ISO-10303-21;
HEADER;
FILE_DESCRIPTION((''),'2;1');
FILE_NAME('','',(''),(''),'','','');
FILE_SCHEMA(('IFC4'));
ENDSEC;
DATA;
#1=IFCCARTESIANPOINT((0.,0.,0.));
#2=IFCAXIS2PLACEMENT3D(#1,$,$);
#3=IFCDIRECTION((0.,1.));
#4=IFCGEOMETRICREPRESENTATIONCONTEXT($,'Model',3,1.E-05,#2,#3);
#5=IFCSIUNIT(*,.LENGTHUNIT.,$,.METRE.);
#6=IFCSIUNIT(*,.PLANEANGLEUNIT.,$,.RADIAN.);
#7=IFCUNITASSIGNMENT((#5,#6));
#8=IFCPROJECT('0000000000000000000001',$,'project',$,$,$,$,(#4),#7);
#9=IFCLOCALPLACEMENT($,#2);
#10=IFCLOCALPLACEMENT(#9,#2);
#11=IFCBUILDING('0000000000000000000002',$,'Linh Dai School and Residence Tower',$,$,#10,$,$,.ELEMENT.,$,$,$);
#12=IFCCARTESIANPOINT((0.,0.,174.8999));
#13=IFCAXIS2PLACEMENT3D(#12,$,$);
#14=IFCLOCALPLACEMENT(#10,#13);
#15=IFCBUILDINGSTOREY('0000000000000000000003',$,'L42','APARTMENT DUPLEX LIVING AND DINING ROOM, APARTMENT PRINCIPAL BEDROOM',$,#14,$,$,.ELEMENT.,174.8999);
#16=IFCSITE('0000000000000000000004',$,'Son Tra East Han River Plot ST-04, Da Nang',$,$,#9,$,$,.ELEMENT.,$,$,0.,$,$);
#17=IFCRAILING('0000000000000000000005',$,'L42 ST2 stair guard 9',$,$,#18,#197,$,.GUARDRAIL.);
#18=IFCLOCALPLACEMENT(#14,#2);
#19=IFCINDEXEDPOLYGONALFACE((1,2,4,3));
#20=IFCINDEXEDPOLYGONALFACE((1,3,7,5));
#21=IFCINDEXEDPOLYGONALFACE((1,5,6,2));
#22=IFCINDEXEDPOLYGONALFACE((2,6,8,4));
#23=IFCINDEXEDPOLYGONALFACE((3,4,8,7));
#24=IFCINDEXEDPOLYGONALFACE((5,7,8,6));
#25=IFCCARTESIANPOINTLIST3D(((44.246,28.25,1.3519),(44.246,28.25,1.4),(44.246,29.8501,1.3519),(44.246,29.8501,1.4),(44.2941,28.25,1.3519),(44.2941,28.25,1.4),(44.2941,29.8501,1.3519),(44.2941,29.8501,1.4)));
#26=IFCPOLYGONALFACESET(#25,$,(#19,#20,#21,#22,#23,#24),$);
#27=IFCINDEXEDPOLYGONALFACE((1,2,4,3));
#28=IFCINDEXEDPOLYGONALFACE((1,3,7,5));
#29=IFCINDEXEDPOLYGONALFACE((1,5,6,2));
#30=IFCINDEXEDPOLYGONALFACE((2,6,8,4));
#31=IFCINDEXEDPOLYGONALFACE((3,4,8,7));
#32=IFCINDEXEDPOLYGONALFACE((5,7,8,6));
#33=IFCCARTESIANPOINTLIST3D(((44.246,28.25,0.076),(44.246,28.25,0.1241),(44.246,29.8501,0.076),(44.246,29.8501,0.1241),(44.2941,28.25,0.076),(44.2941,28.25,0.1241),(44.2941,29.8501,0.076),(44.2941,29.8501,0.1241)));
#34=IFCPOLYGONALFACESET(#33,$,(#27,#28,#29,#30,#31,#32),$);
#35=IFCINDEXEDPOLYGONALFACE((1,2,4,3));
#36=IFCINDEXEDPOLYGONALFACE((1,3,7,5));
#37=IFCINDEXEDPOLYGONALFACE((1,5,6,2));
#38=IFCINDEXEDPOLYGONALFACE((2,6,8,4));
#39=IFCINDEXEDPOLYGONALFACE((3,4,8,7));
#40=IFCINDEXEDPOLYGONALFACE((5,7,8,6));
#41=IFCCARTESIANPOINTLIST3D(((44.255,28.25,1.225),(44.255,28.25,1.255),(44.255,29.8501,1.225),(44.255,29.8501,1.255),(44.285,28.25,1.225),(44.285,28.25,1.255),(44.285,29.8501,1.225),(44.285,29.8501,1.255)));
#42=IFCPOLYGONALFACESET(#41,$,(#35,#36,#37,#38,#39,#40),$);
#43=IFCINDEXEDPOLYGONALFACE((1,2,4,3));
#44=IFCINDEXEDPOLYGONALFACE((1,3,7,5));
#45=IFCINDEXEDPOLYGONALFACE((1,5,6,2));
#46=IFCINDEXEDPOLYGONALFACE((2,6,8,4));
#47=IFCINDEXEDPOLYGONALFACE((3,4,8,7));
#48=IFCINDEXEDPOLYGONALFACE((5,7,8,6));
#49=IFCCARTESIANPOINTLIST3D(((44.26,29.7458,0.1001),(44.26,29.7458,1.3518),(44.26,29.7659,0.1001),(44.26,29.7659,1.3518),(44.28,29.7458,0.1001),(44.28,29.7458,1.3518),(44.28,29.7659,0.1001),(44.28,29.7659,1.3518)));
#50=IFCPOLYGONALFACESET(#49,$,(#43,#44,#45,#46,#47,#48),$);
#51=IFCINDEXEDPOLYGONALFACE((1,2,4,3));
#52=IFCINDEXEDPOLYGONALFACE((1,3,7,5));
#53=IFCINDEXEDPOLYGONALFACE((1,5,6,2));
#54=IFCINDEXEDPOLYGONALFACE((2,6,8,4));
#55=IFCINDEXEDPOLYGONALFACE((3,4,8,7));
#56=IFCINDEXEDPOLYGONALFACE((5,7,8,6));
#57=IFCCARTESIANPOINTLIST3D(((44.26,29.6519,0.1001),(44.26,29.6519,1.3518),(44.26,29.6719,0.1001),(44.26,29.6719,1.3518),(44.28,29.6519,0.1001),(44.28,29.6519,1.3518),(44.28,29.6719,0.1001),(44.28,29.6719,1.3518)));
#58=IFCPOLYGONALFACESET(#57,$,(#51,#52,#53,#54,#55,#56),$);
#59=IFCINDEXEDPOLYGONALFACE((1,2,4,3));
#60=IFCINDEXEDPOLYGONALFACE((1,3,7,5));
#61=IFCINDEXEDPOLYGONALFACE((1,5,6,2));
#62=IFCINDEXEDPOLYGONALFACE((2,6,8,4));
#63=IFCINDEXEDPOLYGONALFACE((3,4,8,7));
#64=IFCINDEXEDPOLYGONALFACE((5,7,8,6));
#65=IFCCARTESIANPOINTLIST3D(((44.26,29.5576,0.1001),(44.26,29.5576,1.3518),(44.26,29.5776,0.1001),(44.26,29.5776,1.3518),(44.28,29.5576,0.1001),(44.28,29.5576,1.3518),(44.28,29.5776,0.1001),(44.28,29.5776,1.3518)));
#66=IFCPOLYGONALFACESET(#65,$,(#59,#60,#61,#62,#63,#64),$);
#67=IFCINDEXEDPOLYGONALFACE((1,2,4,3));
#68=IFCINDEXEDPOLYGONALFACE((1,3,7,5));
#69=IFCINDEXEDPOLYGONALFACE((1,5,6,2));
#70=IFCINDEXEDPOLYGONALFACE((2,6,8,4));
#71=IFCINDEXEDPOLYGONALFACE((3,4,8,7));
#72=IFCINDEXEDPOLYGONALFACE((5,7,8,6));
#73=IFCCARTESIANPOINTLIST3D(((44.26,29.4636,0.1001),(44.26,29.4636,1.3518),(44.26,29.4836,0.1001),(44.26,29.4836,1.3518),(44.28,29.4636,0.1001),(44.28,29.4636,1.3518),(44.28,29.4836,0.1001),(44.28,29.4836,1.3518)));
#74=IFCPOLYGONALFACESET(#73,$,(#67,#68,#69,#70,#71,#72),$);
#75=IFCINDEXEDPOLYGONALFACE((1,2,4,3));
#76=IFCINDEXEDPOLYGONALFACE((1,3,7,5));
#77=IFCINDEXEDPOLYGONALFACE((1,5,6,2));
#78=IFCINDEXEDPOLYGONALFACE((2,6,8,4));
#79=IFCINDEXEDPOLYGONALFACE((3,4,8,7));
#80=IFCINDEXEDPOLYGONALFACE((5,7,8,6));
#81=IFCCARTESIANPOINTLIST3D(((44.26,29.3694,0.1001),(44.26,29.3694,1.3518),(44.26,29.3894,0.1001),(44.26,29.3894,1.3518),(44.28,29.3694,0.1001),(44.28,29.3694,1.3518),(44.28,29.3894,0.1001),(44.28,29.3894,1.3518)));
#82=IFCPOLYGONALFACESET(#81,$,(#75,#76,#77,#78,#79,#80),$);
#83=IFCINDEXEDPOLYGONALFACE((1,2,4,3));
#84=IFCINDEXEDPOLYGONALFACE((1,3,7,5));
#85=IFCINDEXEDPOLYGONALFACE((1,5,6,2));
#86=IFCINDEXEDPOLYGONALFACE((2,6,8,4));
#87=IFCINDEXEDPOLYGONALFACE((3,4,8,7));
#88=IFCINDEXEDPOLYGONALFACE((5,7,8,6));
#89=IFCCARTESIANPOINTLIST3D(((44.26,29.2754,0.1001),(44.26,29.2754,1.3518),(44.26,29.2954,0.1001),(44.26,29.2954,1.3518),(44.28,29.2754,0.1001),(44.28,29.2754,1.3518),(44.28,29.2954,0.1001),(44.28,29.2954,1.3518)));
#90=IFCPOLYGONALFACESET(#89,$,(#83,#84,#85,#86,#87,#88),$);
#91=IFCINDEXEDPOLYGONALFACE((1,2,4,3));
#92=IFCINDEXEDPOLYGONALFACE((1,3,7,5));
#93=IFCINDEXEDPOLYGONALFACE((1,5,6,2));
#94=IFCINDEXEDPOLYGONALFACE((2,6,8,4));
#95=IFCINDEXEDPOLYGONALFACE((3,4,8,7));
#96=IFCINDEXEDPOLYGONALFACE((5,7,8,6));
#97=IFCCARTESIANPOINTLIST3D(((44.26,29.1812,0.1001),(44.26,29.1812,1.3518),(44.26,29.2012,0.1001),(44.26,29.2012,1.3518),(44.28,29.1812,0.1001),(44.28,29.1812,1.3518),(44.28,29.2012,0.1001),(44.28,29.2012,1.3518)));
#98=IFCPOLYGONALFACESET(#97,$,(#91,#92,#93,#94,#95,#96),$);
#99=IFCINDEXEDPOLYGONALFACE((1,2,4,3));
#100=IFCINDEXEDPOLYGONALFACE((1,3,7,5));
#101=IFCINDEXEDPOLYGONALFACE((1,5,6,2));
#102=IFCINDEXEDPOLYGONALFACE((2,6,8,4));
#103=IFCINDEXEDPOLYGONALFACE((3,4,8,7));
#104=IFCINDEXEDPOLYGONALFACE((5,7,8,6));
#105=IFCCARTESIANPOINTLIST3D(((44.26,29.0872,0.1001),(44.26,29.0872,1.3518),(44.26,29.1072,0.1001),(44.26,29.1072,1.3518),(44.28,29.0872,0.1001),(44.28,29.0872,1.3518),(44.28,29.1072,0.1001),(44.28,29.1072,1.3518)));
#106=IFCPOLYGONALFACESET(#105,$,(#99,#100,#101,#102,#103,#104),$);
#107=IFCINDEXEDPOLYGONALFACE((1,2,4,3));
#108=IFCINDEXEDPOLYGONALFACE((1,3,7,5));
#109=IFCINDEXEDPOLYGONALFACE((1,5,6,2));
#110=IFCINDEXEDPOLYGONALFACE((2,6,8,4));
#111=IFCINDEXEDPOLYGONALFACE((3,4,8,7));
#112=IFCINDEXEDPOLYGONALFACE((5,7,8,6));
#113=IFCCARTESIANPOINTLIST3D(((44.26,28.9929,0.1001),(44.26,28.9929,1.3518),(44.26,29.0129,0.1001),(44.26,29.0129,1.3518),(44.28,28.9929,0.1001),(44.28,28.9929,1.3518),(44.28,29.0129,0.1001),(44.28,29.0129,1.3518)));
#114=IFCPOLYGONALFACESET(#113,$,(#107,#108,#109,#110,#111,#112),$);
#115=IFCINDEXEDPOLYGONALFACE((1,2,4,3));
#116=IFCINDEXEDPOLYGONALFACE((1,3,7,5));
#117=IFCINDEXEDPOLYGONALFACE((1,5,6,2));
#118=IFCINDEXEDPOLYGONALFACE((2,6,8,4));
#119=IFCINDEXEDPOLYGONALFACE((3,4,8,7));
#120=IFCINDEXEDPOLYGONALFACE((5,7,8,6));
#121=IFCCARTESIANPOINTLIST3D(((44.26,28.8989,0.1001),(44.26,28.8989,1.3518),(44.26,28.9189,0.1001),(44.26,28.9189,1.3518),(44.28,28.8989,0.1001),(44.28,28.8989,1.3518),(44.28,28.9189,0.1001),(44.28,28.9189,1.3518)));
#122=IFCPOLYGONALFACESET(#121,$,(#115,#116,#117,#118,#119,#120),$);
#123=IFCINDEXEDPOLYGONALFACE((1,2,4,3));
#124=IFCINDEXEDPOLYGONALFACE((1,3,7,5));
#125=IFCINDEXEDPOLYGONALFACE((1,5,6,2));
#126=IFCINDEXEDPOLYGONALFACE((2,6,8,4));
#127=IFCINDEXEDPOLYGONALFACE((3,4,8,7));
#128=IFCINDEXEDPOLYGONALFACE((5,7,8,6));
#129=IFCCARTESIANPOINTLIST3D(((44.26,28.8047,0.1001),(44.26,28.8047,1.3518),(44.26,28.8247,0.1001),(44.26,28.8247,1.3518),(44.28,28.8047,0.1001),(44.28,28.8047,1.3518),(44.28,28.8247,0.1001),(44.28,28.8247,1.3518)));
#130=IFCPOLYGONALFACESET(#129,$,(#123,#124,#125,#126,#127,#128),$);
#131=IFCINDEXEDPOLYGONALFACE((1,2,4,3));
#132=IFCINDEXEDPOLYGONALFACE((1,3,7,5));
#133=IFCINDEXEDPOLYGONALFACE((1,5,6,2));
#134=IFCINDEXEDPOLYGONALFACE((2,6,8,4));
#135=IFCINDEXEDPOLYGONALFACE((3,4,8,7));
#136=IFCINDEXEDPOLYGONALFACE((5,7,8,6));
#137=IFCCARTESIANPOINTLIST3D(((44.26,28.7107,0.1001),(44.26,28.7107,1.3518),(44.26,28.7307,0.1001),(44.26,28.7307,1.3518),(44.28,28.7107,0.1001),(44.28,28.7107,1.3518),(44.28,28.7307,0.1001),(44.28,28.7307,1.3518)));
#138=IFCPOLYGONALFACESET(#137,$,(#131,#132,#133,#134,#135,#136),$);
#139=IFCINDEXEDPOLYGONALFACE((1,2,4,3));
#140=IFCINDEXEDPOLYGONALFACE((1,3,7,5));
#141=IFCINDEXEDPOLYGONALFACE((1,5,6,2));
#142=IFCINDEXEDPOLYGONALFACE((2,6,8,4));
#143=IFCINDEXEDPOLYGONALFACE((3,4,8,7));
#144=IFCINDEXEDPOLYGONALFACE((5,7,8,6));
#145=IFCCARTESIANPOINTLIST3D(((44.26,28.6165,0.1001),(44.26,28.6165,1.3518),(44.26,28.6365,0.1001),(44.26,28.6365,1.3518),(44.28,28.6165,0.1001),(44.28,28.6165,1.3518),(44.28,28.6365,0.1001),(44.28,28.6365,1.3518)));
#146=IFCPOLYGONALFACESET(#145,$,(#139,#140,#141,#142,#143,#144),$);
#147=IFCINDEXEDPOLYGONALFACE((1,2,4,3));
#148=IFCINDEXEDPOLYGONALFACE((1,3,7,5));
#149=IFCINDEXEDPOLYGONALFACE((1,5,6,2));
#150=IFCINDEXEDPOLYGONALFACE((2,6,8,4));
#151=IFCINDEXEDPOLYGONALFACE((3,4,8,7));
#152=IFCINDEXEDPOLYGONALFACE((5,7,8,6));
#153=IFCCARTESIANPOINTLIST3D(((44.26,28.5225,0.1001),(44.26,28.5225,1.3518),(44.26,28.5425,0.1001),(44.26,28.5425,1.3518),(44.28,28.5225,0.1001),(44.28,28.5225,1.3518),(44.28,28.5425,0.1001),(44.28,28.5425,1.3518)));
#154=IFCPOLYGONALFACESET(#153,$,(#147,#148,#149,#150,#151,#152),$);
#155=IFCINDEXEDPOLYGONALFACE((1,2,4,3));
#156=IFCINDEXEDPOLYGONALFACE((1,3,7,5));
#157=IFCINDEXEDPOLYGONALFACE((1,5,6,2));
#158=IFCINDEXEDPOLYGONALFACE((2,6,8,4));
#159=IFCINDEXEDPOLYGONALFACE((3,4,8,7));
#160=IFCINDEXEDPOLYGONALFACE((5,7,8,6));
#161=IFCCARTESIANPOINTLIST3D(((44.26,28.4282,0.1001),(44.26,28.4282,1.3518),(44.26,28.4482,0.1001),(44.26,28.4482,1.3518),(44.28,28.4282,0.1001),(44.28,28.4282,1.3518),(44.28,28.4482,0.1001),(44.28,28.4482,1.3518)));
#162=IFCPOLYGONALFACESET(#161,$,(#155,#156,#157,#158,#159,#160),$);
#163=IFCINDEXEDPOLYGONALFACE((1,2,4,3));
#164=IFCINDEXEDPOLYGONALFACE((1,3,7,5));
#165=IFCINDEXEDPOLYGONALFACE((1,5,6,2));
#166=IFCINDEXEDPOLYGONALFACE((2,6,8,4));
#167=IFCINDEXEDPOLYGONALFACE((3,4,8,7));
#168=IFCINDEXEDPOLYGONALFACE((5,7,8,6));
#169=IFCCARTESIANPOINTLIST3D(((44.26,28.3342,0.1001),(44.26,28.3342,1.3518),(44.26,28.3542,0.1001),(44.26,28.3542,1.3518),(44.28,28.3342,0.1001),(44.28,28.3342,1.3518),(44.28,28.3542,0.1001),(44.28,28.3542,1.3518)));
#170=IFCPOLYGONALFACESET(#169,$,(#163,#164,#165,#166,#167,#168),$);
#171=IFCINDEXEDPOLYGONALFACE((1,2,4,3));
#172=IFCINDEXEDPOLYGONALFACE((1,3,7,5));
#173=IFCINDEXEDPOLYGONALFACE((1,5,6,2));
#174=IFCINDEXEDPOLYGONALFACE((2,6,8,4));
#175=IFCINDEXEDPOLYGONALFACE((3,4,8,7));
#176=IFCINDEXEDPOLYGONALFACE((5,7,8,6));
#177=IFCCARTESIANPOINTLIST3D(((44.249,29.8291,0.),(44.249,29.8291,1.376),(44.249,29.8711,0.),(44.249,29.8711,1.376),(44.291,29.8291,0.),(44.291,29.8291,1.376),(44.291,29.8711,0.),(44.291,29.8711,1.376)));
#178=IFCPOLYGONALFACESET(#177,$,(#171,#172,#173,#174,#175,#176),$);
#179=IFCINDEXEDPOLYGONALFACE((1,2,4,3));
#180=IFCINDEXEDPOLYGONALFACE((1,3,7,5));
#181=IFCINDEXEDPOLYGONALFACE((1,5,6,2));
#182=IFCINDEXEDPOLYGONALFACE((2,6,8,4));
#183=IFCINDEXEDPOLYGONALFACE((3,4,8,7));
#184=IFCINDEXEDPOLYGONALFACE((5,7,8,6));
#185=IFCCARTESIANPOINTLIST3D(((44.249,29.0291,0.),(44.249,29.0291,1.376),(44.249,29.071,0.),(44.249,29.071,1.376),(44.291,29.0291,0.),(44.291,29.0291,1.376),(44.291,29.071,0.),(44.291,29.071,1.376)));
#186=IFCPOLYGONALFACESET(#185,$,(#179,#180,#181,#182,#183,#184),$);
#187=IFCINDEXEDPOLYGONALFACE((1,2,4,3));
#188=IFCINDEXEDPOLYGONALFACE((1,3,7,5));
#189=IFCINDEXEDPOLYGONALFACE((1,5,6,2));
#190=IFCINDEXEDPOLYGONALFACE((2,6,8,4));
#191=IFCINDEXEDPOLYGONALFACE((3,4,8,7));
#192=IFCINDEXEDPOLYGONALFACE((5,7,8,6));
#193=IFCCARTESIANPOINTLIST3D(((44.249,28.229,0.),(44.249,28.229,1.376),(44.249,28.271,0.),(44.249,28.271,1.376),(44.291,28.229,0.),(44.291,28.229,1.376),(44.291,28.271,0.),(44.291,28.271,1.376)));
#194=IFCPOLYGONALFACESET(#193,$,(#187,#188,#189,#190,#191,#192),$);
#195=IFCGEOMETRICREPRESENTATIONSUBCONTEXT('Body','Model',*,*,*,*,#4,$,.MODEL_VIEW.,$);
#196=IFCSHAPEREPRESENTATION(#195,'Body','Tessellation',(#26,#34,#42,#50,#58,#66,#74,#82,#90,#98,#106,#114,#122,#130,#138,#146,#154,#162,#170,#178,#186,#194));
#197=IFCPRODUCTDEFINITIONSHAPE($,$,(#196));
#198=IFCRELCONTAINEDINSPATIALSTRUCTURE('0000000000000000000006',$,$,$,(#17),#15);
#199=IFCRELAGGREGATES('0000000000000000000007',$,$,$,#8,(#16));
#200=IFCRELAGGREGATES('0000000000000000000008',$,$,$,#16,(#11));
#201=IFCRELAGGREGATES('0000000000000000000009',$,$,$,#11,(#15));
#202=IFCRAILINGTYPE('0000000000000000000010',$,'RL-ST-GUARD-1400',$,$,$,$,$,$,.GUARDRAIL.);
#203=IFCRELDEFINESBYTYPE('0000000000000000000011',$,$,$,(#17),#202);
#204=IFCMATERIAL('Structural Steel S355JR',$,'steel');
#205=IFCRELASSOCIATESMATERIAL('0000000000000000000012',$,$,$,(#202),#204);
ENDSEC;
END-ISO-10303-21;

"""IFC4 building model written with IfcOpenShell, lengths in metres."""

from ifc_helpers import new_model, si_unit, direction, frame, origin, origin_2d, place, context, subcontext, project, spatial, rectangle, extrude, source, transform, mapped, material, type_object, element, save


model = new_model("IFC4")

# Units and contexts
model_context = context("Model", 3, precision=1e-05, world=origin(), true_north=direction((0.0, 1.0)))
body_context = subcontext(model_context, "Body", "Model", "MODEL_VIEW")
ifc_project = project(units=[si_unit("LENGTHUNIT", "METRE"), si_unit("PLANEANGLEUNIT", "RADIAN")], contexts=[model_context])

# Site, building, storey
site_placement = place(None, origin())
site = spatial("IfcSite", under=ifc_project, at=site_placement, Name="Son Tra East Han River Plot ST-04, Da Nang", CompositionType="ELEMENT", RefElevation=0.0)
building_placement = place(site_placement, origin())
building = spatial("IfcBuilding", under=site, at=building_placement, Name="Linh Dai School and Residence Tower", CompositionType="ELEMENT")
storey_placement = place(building_placement, frame((0.0, 0.0, 174.8999)))
storey = spatial("IfcBuildingStorey", under=building, at=storey_placement, Name="L42", Description="APARTMENT DUPLEX LIVING AND DINING ROOM, APARTMENT PRINCIPAL BEDROOM", CompositionType="ELEMENT", Elevation=174.8999)

# Shared definitions
ifc_material_1 = material(Name="Structural Steel S355JR", Category="steel")

# Railing
railing_type_1 = type_object("IfcRailingType", Name="RL-ST-GUARD-1400", PredefinedType="GUARDRAIL", material=ifc_material_1)
shared_shape_1 = source(origin(), body_context, "Body", "SweptSolid", [
    extrude(rectangle(XDim=0.0481, YDim=0.0481, at=origin_2d()), frame((0.0, 0.0, 1.376), z_axis=(0.0, -1.0, 0.0), x_axis=(1.0, 0.0, 0.0)), (0.0, 0.0, 1.0), 1.6001),
    extrude(rectangle(XDim=0.0481, YDim=0.0481, at=origin_2d()), frame((0.0, 0.0, 0.1001), z_axis=(0.0, -1.0, 0.0), x_axis=(1.0, 0.0, 0.0)), (0.0, 0.0, 1.0), 1.6001),
    extrude(rectangle(XDim=0.03, YDim=0.03, at=origin_2d()), frame((0.0, 0.0, 1.24), z_axis=(0.0, -1.0, 0.0), x_axis=(1.0, 0.0, 0.0)), (0.0, 0.0, 1.0), 1.6001),
    extrude(rectangle(XDim=0.02, YDim=0.02, at=origin_2d()), frame((0.0, -0.0942, 0.1001)), (0.0, 0.0, 1.0), 1.2517),
    extrude(rectangle(XDim=0.02, YDim=0.02, at=origin_2d()), frame((0.0, -0.1882, 0.1001)), (0.0, 0.0, 1.0), 1.2517),
    extrude(rectangle(XDim=0.02, YDim=0.02, at=origin_2d()), frame((0.0, -0.2825, 0.1001)), (0.0, 0.0, 1.0), 1.2517),
    extrude(rectangle(XDim=0.02, YDim=0.02, at=origin_2d()), frame((0.0, -0.3765, 0.1001)), (0.0, 0.0, 1.0), 1.2517),
    extrude(rectangle(XDim=0.02, YDim=0.02, at=origin_2d()), frame((0.0, -0.4707, 0.1001)), (0.0, 0.0, 1.0), 1.2517),
    extrude(rectangle(XDim=0.02, YDim=0.02, at=origin_2d()), frame((0.0, -0.5647, 0.1001)), (0.0, 0.0, 1.0), 1.2517),
    extrude(rectangle(XDim=0.02, YDim=0.02, at=origin_2d()), frame((0.0, -0.6589, 0.1001)), (0.0, 0.0, 1.0), 1.2517),
    extrude(rectangle(XDim=0.02, YDim=0.02, at=origin_2d()), frame((0.0, -0.7529, 0.1001)), (0.0, 0.0, 1.0), 1.2517),
    extrude(rectangle(XDim=0.02, YDim=0.02, at=origin_2d()), frame((0.0, -0.8472, 0.1001)), (0.0, 0.0, 1.0), 1.2517),
    extrude(rectangle(XDim=0.02, YDim=0.02, at=origin_2d()), frame((0.0, -0.9412, 0.1001)), (0.0, 0.0, 1.0), 1.2517),
    extrude(rectangle(XDim=0.02, YDim=0.02, at=origin_2d()), frame((0.0, -1.0354, 0.1001)), (0.0, 0.0, 1.0), 1.2517),
    extrude(rectangle(XDim=0.02, YDim=0.02, at=origin_2d()), frame((0.0, -1.1294, 0.1001)), (0.0, 0.0, 1.0), 1.2517),
    extrude(rectangle(XDim=0.02, YDim=0.02, at=origin_2d()), frame((0.0, -1.2236, 0.1001)), (0.0, 0.0, 1.0), 1.2517),
    extrude(rectangle(XDim=0.02, YDim=0.02, at=origin_2d()), frame((0.0, -1.3176, 0.1001)), (0.0, 0.0, 1.0), 1.2517),
    extrude(rectangle(XDim=0.02, YDim=0.02, at=origin_2d()), frame((0.0, -1.4119, 0.1001)), (0.0, 0.0, 1.0), 1.2517),
    extrude(rectangle(XDim=0.02, YDim=0.02, at=origin_2d()), frame((0.0, -1.5059, 0.1001)), (0.0, 0.0, 1.0), 1.2517),
    extrude(rectangle(XDim=0.042, YDim=0.042, at=origin_2d()), origin(), (0.0, 0.0, 1.0), 1.376),
    extrude(rectangle(XDim=0.042, YDim=0.042, at=origin_2d()), frame((0.0, -0.8, 0.0)), (0.0, 0.0, 1.0), 1.376),
    extrude(rectangle(XDim=0.042, YDim=0.042, at=origin_2d()), frame((0.0, -1.6001, 0.0)), (0.0, 0.0, 1.0), 1.376),
])
for number, where, name in (
    (1, (44.27, 29.8501, 0.0), "L42 ST2 stair guard 9"),
):
    element("IfcRailing", number, at=place(storey_placement, frame(where)), inside=storey, type_object=railing_type_1, Name=name, PredefinedType="GUARDRAIL", context=body_context, shape_type="MappedRepresentation", body=[
        mapped(shared_shape_1, transform((0.0, 0.0, 0.0), x_axis=(1.0, 0.0, 0.0), y_axis=(0.0, 1.0, 0.0), z_axis=(0.0, 0.0, 1.0), scale=1.0)),
    ])

save(model, "model.ifc")
